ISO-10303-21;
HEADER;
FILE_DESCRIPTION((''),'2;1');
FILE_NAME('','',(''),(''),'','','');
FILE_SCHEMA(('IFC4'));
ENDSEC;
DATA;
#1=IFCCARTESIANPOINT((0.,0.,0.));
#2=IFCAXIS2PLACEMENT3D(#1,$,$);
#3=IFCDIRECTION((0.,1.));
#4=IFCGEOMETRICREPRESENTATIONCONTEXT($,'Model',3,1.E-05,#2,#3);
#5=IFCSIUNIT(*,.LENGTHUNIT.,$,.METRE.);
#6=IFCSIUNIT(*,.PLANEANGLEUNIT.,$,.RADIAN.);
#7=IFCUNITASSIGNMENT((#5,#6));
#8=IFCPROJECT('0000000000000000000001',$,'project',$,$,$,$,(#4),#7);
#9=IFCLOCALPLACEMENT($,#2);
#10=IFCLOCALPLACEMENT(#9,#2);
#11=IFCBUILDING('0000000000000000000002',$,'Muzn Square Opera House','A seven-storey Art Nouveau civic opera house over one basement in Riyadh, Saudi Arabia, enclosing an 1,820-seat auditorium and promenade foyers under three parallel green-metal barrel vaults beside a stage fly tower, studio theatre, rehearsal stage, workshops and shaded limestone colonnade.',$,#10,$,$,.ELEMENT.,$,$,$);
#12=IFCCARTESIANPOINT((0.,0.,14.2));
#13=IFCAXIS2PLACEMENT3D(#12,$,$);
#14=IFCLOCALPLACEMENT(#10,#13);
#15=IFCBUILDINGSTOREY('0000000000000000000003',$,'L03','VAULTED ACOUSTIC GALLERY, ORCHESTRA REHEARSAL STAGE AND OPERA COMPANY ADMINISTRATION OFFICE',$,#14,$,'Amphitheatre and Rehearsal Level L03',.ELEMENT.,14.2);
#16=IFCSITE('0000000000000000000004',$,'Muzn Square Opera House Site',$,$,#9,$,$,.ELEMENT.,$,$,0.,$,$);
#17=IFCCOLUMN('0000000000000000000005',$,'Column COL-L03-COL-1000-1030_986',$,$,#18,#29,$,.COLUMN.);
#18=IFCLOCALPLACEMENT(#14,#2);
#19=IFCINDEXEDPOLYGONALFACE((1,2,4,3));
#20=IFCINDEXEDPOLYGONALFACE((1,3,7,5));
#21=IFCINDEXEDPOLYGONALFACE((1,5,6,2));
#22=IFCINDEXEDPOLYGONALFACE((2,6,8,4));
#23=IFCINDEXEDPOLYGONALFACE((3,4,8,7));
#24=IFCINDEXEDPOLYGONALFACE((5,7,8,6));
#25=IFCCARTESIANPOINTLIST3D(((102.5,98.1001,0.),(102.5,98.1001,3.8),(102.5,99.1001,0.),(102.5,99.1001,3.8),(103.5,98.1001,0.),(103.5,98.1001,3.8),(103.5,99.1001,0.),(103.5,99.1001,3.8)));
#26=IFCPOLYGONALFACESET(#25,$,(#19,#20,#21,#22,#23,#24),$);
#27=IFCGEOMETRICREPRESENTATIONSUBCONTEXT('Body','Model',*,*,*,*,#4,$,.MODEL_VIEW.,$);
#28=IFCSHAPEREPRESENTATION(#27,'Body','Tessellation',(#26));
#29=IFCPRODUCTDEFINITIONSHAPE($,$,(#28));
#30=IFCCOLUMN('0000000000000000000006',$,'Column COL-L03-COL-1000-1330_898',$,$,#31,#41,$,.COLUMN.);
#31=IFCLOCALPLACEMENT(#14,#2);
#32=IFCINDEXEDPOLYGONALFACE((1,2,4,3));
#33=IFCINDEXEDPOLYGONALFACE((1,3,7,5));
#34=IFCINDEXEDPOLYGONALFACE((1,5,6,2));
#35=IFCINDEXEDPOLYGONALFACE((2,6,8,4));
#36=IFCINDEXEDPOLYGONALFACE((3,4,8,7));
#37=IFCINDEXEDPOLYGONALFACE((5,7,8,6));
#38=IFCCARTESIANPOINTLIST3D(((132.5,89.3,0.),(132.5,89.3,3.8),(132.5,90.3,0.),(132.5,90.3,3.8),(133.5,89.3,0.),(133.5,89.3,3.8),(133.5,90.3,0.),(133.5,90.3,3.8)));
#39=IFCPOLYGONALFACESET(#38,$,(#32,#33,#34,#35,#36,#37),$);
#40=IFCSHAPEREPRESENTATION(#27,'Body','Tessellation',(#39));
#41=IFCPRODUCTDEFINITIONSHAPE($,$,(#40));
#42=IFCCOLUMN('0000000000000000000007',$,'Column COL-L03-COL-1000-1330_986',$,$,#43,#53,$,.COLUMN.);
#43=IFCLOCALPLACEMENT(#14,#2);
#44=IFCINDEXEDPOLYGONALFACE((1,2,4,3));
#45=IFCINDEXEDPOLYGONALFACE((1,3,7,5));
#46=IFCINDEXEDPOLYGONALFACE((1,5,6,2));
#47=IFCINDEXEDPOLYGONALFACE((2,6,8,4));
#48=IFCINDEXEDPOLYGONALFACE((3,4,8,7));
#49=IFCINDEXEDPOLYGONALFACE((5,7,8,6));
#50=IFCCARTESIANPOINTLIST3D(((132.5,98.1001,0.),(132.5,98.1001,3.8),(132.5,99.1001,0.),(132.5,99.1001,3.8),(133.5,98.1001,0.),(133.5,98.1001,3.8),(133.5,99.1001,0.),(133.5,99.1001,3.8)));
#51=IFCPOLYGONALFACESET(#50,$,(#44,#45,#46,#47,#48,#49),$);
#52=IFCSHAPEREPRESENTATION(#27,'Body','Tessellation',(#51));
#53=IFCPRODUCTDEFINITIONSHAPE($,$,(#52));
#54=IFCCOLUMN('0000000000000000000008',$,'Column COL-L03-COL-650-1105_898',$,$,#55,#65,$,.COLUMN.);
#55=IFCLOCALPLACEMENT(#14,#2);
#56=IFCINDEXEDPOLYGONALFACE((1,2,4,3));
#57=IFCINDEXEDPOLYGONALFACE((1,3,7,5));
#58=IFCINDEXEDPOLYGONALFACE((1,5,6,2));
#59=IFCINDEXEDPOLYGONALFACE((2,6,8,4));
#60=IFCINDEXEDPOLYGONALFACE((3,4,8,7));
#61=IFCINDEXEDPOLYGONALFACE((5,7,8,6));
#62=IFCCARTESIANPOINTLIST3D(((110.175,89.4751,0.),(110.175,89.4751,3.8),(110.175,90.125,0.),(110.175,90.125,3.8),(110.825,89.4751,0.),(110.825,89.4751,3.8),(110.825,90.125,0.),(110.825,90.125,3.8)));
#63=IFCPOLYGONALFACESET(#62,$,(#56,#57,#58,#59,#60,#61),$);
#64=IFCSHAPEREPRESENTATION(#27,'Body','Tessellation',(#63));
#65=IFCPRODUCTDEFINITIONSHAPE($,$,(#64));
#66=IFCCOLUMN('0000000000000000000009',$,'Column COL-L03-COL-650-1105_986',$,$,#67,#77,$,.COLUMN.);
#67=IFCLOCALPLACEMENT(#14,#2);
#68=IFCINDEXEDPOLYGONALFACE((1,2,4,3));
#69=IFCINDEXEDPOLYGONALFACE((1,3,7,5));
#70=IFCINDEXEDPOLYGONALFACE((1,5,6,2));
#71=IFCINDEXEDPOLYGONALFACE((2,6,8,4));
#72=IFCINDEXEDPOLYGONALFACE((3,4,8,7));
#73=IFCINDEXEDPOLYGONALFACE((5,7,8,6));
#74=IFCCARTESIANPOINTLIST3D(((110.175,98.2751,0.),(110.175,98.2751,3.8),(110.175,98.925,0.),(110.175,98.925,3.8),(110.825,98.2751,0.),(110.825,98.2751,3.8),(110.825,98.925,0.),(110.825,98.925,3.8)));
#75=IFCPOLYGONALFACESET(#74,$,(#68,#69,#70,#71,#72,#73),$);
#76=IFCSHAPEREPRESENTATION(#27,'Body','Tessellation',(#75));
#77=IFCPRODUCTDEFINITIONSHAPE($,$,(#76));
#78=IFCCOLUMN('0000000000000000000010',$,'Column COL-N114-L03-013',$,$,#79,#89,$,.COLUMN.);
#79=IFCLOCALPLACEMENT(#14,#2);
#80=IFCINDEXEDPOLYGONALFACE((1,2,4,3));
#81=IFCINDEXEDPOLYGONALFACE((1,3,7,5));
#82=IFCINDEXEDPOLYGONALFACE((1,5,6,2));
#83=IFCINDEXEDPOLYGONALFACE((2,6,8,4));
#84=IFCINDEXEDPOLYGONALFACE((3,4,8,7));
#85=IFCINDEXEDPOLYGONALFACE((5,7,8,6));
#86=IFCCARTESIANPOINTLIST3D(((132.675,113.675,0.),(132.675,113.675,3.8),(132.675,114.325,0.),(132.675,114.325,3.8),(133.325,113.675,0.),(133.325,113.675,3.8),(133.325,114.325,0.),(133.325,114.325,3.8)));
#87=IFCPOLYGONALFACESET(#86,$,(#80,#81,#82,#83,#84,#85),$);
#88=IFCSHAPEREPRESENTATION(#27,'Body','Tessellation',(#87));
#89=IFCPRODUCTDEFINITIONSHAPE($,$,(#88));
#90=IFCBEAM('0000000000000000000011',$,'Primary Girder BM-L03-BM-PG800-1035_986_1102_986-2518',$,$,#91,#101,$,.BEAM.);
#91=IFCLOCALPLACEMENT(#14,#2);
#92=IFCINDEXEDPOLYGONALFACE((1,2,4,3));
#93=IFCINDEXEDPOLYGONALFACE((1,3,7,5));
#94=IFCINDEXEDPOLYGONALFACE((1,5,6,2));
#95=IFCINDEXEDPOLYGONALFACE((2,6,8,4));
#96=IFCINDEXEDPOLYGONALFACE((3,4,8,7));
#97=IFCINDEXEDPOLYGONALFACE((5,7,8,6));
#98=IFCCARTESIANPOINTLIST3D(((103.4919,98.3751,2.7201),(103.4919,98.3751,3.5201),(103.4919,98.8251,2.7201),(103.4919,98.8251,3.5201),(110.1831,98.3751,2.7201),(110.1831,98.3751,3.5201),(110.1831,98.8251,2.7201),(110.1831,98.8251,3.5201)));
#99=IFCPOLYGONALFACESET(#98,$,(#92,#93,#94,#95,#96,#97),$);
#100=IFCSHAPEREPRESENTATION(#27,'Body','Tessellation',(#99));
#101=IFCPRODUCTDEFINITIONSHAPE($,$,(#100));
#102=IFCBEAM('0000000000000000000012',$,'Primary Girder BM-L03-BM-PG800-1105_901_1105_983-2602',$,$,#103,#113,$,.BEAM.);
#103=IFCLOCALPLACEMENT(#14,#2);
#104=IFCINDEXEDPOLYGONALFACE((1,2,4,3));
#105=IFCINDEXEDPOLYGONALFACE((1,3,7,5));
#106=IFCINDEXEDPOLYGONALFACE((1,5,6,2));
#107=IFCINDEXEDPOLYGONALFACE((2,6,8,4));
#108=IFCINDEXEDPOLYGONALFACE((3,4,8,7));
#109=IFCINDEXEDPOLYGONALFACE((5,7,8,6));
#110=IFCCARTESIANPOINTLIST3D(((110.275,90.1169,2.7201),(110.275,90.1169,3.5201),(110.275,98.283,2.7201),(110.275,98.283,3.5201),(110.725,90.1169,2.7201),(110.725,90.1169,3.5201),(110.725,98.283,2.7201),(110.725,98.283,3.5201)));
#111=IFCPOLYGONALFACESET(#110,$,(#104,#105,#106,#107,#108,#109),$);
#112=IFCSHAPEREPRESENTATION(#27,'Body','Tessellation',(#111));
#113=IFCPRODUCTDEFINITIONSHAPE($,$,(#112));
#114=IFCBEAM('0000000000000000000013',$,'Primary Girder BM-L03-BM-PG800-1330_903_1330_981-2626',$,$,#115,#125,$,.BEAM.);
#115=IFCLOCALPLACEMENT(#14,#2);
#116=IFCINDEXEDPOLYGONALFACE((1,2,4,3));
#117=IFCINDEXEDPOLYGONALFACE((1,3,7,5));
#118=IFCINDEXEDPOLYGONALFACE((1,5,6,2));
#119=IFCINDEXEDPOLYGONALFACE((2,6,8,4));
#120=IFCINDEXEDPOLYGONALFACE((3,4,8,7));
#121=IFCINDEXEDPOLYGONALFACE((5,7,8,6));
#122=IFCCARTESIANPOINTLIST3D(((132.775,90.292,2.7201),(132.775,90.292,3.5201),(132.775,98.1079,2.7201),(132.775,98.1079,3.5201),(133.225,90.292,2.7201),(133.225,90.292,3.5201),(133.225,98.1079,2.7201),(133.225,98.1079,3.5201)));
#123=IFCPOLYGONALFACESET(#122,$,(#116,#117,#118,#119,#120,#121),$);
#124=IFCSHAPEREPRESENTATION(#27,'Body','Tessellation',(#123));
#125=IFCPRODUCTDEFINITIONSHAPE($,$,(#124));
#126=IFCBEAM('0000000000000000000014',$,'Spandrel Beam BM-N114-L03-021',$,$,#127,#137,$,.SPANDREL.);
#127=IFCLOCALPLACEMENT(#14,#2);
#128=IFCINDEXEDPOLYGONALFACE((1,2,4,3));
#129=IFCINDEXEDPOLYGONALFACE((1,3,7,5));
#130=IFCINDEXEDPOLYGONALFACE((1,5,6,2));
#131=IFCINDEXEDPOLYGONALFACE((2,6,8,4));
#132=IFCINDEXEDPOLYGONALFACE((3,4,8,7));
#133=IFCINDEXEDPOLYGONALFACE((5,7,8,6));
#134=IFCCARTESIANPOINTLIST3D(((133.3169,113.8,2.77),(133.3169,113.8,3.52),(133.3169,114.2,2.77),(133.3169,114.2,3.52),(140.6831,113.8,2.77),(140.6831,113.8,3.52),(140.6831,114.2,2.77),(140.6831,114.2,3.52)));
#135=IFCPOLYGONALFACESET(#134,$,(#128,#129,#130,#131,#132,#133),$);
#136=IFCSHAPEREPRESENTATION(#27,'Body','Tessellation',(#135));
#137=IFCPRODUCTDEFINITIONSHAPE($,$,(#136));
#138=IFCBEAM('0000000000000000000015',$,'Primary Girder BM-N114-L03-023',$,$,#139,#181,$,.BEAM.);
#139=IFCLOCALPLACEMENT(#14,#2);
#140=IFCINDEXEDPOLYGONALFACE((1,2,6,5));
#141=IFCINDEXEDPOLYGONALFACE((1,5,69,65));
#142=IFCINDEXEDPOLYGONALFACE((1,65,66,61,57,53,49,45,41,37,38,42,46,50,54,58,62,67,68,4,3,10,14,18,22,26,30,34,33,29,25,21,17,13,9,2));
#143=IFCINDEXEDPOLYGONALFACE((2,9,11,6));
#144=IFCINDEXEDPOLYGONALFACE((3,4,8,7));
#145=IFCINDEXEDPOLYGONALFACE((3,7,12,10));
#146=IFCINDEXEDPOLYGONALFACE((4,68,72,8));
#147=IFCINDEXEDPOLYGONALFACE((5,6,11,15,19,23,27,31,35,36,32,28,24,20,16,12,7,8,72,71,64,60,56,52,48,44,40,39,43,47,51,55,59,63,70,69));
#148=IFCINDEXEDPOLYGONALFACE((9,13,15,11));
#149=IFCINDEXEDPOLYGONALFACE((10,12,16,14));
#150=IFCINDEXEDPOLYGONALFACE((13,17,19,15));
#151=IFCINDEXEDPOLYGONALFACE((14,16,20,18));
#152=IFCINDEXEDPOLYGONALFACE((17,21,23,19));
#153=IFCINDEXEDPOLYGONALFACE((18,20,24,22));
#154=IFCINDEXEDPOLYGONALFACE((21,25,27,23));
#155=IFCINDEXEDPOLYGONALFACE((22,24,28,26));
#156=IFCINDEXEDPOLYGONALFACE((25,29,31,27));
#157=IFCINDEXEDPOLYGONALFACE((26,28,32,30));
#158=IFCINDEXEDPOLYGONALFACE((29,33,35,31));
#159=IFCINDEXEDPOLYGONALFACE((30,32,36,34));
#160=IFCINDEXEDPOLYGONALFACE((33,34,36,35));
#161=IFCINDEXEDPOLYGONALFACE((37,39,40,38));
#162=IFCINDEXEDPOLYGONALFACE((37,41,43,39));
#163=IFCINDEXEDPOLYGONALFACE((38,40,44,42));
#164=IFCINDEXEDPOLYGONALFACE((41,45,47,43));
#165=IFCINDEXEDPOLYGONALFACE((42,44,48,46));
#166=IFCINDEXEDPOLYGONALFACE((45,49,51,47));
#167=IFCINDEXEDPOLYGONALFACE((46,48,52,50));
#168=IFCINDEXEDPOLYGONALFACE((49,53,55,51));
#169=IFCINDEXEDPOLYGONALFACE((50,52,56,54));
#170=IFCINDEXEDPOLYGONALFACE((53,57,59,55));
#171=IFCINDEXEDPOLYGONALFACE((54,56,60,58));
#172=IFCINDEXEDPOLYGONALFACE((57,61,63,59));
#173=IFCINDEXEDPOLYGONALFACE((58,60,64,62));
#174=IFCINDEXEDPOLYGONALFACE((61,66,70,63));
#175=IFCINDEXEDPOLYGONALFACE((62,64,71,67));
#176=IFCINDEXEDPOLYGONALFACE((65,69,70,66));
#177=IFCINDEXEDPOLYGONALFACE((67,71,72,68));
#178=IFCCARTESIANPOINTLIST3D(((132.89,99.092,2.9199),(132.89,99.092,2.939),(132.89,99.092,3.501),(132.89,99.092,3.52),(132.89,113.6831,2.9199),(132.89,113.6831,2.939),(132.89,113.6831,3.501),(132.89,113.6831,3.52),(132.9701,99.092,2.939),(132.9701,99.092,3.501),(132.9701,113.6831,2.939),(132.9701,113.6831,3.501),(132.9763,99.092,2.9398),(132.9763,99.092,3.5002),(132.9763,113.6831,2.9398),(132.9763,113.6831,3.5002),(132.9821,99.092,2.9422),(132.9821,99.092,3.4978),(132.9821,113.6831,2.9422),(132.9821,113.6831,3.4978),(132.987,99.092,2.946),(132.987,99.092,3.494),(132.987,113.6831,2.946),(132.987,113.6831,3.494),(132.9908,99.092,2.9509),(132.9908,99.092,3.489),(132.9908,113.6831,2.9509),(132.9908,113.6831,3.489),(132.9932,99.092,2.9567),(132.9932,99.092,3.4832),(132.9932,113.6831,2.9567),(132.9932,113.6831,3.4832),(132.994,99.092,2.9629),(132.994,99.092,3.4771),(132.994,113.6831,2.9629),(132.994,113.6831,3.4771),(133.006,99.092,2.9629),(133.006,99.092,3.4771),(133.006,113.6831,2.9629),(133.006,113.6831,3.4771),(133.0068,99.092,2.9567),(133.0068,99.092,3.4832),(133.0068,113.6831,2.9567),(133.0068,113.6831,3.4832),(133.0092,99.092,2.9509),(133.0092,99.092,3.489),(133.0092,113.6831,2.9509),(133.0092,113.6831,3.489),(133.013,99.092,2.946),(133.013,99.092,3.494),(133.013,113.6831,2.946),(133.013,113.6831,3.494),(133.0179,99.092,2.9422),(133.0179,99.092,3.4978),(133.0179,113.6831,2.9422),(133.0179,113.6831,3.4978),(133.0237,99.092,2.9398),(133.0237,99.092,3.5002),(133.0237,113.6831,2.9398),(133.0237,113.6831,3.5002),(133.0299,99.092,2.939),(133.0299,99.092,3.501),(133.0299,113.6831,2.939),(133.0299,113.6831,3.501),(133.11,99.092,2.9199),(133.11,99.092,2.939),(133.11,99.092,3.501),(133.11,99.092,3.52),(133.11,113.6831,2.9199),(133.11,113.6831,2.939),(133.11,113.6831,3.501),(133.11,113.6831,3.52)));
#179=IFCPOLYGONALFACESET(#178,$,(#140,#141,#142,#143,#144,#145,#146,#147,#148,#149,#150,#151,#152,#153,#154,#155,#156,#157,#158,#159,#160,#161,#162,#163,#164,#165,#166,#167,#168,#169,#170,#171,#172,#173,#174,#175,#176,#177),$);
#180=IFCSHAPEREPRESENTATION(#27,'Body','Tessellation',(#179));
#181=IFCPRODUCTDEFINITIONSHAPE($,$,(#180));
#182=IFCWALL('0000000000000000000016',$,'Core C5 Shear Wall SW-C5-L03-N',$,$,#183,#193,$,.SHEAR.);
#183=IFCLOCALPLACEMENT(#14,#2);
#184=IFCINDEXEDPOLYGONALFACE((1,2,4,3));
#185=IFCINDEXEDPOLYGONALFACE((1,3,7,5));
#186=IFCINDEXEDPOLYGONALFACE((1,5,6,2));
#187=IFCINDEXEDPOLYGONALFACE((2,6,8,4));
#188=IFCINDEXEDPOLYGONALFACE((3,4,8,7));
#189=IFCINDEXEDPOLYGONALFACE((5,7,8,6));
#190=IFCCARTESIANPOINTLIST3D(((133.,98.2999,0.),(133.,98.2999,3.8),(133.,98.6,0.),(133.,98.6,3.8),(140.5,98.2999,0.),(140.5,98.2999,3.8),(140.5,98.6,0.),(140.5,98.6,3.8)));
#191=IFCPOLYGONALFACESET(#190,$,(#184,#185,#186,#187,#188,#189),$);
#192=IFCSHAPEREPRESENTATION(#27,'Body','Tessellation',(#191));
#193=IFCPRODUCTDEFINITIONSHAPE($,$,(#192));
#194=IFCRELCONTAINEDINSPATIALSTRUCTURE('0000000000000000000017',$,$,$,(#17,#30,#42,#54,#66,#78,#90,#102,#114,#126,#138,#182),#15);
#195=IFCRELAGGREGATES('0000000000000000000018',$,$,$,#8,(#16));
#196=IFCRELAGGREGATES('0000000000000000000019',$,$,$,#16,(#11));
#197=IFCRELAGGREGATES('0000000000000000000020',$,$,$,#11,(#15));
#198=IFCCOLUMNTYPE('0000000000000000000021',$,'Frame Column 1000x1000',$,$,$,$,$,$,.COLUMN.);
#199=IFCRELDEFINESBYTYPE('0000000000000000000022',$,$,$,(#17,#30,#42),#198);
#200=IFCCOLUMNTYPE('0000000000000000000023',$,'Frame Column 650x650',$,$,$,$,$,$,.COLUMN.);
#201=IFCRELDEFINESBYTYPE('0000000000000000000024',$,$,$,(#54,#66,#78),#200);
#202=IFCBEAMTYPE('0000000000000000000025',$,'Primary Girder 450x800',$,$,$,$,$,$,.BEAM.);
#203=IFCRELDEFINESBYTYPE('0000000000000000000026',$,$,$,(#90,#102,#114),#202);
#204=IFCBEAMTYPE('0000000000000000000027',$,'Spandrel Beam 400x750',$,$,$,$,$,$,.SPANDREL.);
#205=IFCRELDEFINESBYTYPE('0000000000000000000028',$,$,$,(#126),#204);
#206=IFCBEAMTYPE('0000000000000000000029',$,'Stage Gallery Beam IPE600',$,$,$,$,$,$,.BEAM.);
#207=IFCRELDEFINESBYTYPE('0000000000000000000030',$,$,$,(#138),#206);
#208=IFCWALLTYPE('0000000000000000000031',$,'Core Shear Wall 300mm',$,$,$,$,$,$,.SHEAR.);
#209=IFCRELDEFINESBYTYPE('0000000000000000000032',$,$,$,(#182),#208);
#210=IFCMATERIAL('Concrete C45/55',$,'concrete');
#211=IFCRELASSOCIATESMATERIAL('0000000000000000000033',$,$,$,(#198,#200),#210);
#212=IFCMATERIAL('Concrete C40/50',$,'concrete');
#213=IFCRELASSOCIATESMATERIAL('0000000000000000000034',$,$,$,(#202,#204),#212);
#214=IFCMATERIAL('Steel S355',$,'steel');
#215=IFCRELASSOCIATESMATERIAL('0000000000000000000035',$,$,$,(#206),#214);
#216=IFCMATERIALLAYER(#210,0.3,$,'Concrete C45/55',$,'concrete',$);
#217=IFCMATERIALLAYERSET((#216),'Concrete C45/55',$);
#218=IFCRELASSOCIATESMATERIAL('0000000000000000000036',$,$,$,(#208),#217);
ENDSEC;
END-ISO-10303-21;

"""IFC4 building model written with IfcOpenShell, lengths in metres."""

from ifc_helpers import new_model, si_unit, direction, frame, frame_2d, origin, origin_2d, place, context, subcontext, project, spatial, rectangle, i_section, extrude, material, layer, layer_set, material_profile, profile_set, type_object, element, save


model = new_model("IFC4")

# Units and contexts
model_context = context("Model", 3, precision=1e-05, world=origin(), true_north=direction((0.0, 1.0)))
body_context = subcontext(model_context, "Body", "Model", "MODEL_VIEW")
ifc_project = project(units=[si_unit("LENGTHUNIT", "METRE"), si_unit("PLANEANGLEUNIT", "RADIAN")], contexts=[model_context])

# Site, building, storey
site_placement = place(None, origin())
site = spatial("IfcSite", under=ifc_project, at=site_placement, Name="Muzn Square Opera House Site", CompositionType="ELEMENT", RefElevation=0.0)
building_placement = place(site_placement, origin())
building = spatial("IfcBuilding", under=site, at=building_placement, Name="Muzn Square Opera House", Description="A seven-storey Art Nouveau civic opera house over one basement in Riyadh, Saudi Arabia, enclosing an 1,820-seat auditorium and promenade foyers under three parallel green-metal barrel vaults beside a stage fly tower, studio theatre, rehearsal stage, workshops and shaded limestone colonnade.", CompositionType="ELEMENT")
storey_placement = place(building_placement, frame((0.0, 0.0, 14.2)))
storey = spatial("IfcBuildingStorey", under=building, at=storey_placement, Name="L03", Description="VAULTED ACOUSTIC GALLERY, ORCHESTRA REHEARSAL STAGE AND OPERA COMPANY ADMINISTRATION OFFICE", LongName="Amphitheatre and Rehearsal Level L03", CompositionType="ELEMENT", Elevation=14.2)

# Columns
ifc_material_1 = material(Name="Concrete C45/55", Category="concrete")
ifc_material_profile_1 = material_profile(ifc_material_1, rectangle(XDim=1.0, YDim=1.0, at=origin_2d()), Name="RC 1000x1000", Category="concrete")
ifc_profile_set_1 = profile_set([ifc_material_profile_1], Name="Concrete C45/55")
column_type_1 = type_object("IfcColumnType", Name="Frame Column 1000x1000", PredefinedType="COLUMN", material=ifc_profile_set_1)
for number, where, z_axis, x_axis, name in (
    (1, (103.0, 98.6001, 0.0), (0.0, 0.0, 1.0), (1.0, 0.0, 0.0), "Column COL-L03-COL-1000-1030_986"),
    (2, (133.0, 89.8, 0.0), (0.0, 0.0, 1.0), (1.0, 0.0, 0.0), "Column COL-L03-COL-1000-1330_898"),
    (3, (133.0, 98.6001, 0.0), (0.0, 0.0, 1.0), (1.0, 0.0, 0.0), "Column COL-L03-COL-1000-1330_986"),
):
    element("IfcColumn", number, at=place(storey_placement, frame(where, z_axis=z_axis, x_axis=x_axis)), inside=storey, type_object=column_type_1, Name=name, PredefinedType="COLUMN", context=body_context, shape_type="SweptSolid", body=[
        extrude(rectangle(XDim=1.0, YDim=1.0, at=origin_2d()), origin(), (0.0, 0.0, 1.0), 3.8),
    ])
ifc_material_profile_2 = material_profile(ifc_material_1, rectangle(XDim=0.6499, YDim=0.6499, at=origin_2d()), Name="RC 650x650", Category="concrete")
ifc_profile_set_2 = profile_set([ifc_material_profile_2], Name="Concrete C45/55")
column_type_2 = type_object("IfcColumnType", Name="Frame Column 650x650", PredefinedType="COLUMN", material=ifc_profile_set_2)
for number, where, z_axis, x_axis, name in (
    (4, (110.5, 89.8, 0.0), (0.0, 0.0, 1.0), (1.0, 0.0, 0.0), "Column COL-L03-COL-650-1105_898"),
    (5, (110.5, 98.6001, 0.0), (0.0, 0.0, 1.0), (1.0, 0.0, 0.0), "Column COL-L03-COL-650-1105_986"),
    (6, (133.0, 114.0, 0.0), (0.0, 0.0, 1.0), (1.0, 0.0, 0.0), "Column COL-N114-L03-013"),
):
    element("IfcColumn", number, at=place(storey_placement, frame(where, z_axis=z_axis, x_axis=x_axis)), inside=storey, type_object=column_type_2, Name=name, PredefinedType="COLUMN", context=body_context, shape_type="SweptSolid", body=[
        extrude(rectangle(XDim=0.6499, YDim=0.6499, at=origin_2d()), origin(), (0.0, 0.0, 1.0), 3.8),
    ])

# Beams
ifc_material_2 = material(Name="Concrete C40/50", Category="concrete")
ifc_material_profile_3 = material_profile(ifc_material_2, rectangle(XDim=0.45, YDim=0.8, at=origin_2d()), Name="RCB 450x800", Category="concrete")
ifc_profile_set_3 = profile_set([ifc_material_profile_3], Name="Concrete C40/50")
beam_type_1 = type_object("IfcBeamType", Name="Primary Girder 450x800", PredefinedType="BEAM", material=ifc_profile_set_3)
beam_1_placement = place(storey_placement, frame((103.4919, 98.6001, 3.1201), z_axis=(1.0, 0.0, 0.0), x_axis=(0.0, 1.0, 0.0)))
element("IfcBeam", 7, at=beam_1_placement, inside=storey, type_object=beam_type_1, Name="Primary Girder BM-L03-BM-PG800-1035_986_1102_986-2518", PredefinedType="BEAM", context=body_context, shape_type="SweptSolid", body=[
    extrude(rectangle(XDim=0.45, YDim=0.8, at=origin_2d()), origin(), (0.0, 0.0, 1.0), 6.6912),
])
beam_2_placement = place(storey_placement, frame((110.5, 90.1169, 3.1201), z_axis=(0.0, 1.0, 0.0), x_axis=(-1.0, 0.0, 0.0)))
element("IfcBeam", 8, at=beam_2_placement, inside=storey, type_object=beam_type_1, Name="Primary Girder BM-L03-BM-PG800-1105_901_1105_983-2602", PredefinedType="BEAM", context=body_context, shape_type="SweptSolid", body=[
    extrude(rectangle(XDim=0.45, YDim=0.8, at=origin_2d()), origin(), (0.0, 0.0, 1.0), 8.166),
])
beam_3_placement = place(storey_placement, frame((133.0, 90.292, 3.1201), z_axis=(0.0, 1.0, 0.0), x_axis=(-1.0, 0.0, 0.0)))
element("IfcBeam", 9, at=beam_3_placement, inside=storey, type_object=beam_type_1, Name="Primary Girder BM-L03-BM-PG800-1330_903_1330_981-2626", PredefinedType="BEAM", context=body_context, shape_type="SweptSolid", body=[
    extrude(rectangle(XDim=0.45, YDim=0.8, at=origin_2d()), origin(), (0.0, 0.0, 1.0), 7.8159),
])
ifc_material_profile_4 = material_profile(ifc_material_2, rectangle(XDim=0.3999, YDim=0.75, at=origin_2d()), Name="RCS 400x750", Category="concrete")
ifc_profile_set_4 = profile_set([ifc_material_profile_4], Name="Concrete C40/50")
beam_type_2 = type_object("IfcBeamType", Name="Spandrel Beam 400x750", PredefinedType="SPANDREL", material=ifc_profile_set_4)
beam_4_placement = place(storey_placement, frame((133.3169, 114.0, 3.145), z_axis=(1.0, 0.0, 0.0), x_axis=(0.0, 1.0, 0.0)))
element("IfcBeam", 10, at=beam_4_placement, inside=storey, type_object=beam_type_2, Name="Spandrel Beam BM-N114-L03-021", PredefinedType="SPANDREL", context=body_context, shape_type="SweptSolid", body=[
    extrude(rectangle(XDim=0.3999, YDim=0.75, at=origin_2d()), origin(), (0.0, 0.0, 1.0), 7.3662),
])
ifc_material_3 = material(Name="Steel S355", Category="steel")
ifc_material_profile_5 = material_profile(ifc_material_3, i_section(OverallWidth=0.22, OverallDepth=0.6001, WebThickness=0.012, FlangeThickness=0.019, FilletRadius=0.0239, at=origin_2d()), Name="IPE 600", Category="steel")
ifc_profile_set_5 = profile_set([ifc_material_profile_5], Name="Steel S355")
beam_type_3 = type_object("IfcBeamType", Name="Stage Gallery Beam IPE600", PredefinedType="BEAM", material=ifc_profile_set_5)
beam_5_placement = place(storey_placement, frame((133.0, 99.092, 3.22), z_axis=(0.0, 1.0, 0.0), x_axis=(-1.0, 0.0, 0.0)))
element("IfcBeam", 11, at=beam_5_placement, inside=storey, type_object=beam_type_3, Name="Primary Girder BM-N114-L03-023", PredefinedType="BEAM", context=body_context, shape_type="SweptSolid", body=[
    extrude(i_section(OverallWidth=0.22, OverallDepth=0.6001, WebThickness=0.012, FlangeThickness=0.019, FilletRadius=0.0239, at=origin_2d()), origin(), (0.0, 0.0, 1.0), 14.5911),
])

# Wall
ifc_layer_1 = layer(ifc_material_1, 0.3, Name="Concrete C45/55", Category="concrete")
ifc_layer_set_1 = layer_set([ifc_layer_1], Name="Concrete C45/55")
wall_type_1 = type_object("IfcWallType", Name="Core Shear Wall 300mm", PredefinedType="SHEAR", material=ifc_layer_set_1)
wall_1_placement = place(storey_placement, frame((133.0, 98.45, 0.0), z_axis=(0.0, 0.0, 1.0), x_axis=(1.0, 0.0, 0.0)))
element("IfcWall", 12, at=wall_1_placement, inside=storey, type_object=wall_type_1, Name="Core C5 Shear Wall SW-C5-L03-N", PredefinedType="SHEAR", context=body_context, shape_type="SweptSolid", body=[
    extrude(rectangle(XDim=7.5, YDim=0.3, at=frame_2d((3.75, 0.0))), origin(), (0.0, 0.0, 1.0), 3.8),
])

save(model, "model.ifc")
